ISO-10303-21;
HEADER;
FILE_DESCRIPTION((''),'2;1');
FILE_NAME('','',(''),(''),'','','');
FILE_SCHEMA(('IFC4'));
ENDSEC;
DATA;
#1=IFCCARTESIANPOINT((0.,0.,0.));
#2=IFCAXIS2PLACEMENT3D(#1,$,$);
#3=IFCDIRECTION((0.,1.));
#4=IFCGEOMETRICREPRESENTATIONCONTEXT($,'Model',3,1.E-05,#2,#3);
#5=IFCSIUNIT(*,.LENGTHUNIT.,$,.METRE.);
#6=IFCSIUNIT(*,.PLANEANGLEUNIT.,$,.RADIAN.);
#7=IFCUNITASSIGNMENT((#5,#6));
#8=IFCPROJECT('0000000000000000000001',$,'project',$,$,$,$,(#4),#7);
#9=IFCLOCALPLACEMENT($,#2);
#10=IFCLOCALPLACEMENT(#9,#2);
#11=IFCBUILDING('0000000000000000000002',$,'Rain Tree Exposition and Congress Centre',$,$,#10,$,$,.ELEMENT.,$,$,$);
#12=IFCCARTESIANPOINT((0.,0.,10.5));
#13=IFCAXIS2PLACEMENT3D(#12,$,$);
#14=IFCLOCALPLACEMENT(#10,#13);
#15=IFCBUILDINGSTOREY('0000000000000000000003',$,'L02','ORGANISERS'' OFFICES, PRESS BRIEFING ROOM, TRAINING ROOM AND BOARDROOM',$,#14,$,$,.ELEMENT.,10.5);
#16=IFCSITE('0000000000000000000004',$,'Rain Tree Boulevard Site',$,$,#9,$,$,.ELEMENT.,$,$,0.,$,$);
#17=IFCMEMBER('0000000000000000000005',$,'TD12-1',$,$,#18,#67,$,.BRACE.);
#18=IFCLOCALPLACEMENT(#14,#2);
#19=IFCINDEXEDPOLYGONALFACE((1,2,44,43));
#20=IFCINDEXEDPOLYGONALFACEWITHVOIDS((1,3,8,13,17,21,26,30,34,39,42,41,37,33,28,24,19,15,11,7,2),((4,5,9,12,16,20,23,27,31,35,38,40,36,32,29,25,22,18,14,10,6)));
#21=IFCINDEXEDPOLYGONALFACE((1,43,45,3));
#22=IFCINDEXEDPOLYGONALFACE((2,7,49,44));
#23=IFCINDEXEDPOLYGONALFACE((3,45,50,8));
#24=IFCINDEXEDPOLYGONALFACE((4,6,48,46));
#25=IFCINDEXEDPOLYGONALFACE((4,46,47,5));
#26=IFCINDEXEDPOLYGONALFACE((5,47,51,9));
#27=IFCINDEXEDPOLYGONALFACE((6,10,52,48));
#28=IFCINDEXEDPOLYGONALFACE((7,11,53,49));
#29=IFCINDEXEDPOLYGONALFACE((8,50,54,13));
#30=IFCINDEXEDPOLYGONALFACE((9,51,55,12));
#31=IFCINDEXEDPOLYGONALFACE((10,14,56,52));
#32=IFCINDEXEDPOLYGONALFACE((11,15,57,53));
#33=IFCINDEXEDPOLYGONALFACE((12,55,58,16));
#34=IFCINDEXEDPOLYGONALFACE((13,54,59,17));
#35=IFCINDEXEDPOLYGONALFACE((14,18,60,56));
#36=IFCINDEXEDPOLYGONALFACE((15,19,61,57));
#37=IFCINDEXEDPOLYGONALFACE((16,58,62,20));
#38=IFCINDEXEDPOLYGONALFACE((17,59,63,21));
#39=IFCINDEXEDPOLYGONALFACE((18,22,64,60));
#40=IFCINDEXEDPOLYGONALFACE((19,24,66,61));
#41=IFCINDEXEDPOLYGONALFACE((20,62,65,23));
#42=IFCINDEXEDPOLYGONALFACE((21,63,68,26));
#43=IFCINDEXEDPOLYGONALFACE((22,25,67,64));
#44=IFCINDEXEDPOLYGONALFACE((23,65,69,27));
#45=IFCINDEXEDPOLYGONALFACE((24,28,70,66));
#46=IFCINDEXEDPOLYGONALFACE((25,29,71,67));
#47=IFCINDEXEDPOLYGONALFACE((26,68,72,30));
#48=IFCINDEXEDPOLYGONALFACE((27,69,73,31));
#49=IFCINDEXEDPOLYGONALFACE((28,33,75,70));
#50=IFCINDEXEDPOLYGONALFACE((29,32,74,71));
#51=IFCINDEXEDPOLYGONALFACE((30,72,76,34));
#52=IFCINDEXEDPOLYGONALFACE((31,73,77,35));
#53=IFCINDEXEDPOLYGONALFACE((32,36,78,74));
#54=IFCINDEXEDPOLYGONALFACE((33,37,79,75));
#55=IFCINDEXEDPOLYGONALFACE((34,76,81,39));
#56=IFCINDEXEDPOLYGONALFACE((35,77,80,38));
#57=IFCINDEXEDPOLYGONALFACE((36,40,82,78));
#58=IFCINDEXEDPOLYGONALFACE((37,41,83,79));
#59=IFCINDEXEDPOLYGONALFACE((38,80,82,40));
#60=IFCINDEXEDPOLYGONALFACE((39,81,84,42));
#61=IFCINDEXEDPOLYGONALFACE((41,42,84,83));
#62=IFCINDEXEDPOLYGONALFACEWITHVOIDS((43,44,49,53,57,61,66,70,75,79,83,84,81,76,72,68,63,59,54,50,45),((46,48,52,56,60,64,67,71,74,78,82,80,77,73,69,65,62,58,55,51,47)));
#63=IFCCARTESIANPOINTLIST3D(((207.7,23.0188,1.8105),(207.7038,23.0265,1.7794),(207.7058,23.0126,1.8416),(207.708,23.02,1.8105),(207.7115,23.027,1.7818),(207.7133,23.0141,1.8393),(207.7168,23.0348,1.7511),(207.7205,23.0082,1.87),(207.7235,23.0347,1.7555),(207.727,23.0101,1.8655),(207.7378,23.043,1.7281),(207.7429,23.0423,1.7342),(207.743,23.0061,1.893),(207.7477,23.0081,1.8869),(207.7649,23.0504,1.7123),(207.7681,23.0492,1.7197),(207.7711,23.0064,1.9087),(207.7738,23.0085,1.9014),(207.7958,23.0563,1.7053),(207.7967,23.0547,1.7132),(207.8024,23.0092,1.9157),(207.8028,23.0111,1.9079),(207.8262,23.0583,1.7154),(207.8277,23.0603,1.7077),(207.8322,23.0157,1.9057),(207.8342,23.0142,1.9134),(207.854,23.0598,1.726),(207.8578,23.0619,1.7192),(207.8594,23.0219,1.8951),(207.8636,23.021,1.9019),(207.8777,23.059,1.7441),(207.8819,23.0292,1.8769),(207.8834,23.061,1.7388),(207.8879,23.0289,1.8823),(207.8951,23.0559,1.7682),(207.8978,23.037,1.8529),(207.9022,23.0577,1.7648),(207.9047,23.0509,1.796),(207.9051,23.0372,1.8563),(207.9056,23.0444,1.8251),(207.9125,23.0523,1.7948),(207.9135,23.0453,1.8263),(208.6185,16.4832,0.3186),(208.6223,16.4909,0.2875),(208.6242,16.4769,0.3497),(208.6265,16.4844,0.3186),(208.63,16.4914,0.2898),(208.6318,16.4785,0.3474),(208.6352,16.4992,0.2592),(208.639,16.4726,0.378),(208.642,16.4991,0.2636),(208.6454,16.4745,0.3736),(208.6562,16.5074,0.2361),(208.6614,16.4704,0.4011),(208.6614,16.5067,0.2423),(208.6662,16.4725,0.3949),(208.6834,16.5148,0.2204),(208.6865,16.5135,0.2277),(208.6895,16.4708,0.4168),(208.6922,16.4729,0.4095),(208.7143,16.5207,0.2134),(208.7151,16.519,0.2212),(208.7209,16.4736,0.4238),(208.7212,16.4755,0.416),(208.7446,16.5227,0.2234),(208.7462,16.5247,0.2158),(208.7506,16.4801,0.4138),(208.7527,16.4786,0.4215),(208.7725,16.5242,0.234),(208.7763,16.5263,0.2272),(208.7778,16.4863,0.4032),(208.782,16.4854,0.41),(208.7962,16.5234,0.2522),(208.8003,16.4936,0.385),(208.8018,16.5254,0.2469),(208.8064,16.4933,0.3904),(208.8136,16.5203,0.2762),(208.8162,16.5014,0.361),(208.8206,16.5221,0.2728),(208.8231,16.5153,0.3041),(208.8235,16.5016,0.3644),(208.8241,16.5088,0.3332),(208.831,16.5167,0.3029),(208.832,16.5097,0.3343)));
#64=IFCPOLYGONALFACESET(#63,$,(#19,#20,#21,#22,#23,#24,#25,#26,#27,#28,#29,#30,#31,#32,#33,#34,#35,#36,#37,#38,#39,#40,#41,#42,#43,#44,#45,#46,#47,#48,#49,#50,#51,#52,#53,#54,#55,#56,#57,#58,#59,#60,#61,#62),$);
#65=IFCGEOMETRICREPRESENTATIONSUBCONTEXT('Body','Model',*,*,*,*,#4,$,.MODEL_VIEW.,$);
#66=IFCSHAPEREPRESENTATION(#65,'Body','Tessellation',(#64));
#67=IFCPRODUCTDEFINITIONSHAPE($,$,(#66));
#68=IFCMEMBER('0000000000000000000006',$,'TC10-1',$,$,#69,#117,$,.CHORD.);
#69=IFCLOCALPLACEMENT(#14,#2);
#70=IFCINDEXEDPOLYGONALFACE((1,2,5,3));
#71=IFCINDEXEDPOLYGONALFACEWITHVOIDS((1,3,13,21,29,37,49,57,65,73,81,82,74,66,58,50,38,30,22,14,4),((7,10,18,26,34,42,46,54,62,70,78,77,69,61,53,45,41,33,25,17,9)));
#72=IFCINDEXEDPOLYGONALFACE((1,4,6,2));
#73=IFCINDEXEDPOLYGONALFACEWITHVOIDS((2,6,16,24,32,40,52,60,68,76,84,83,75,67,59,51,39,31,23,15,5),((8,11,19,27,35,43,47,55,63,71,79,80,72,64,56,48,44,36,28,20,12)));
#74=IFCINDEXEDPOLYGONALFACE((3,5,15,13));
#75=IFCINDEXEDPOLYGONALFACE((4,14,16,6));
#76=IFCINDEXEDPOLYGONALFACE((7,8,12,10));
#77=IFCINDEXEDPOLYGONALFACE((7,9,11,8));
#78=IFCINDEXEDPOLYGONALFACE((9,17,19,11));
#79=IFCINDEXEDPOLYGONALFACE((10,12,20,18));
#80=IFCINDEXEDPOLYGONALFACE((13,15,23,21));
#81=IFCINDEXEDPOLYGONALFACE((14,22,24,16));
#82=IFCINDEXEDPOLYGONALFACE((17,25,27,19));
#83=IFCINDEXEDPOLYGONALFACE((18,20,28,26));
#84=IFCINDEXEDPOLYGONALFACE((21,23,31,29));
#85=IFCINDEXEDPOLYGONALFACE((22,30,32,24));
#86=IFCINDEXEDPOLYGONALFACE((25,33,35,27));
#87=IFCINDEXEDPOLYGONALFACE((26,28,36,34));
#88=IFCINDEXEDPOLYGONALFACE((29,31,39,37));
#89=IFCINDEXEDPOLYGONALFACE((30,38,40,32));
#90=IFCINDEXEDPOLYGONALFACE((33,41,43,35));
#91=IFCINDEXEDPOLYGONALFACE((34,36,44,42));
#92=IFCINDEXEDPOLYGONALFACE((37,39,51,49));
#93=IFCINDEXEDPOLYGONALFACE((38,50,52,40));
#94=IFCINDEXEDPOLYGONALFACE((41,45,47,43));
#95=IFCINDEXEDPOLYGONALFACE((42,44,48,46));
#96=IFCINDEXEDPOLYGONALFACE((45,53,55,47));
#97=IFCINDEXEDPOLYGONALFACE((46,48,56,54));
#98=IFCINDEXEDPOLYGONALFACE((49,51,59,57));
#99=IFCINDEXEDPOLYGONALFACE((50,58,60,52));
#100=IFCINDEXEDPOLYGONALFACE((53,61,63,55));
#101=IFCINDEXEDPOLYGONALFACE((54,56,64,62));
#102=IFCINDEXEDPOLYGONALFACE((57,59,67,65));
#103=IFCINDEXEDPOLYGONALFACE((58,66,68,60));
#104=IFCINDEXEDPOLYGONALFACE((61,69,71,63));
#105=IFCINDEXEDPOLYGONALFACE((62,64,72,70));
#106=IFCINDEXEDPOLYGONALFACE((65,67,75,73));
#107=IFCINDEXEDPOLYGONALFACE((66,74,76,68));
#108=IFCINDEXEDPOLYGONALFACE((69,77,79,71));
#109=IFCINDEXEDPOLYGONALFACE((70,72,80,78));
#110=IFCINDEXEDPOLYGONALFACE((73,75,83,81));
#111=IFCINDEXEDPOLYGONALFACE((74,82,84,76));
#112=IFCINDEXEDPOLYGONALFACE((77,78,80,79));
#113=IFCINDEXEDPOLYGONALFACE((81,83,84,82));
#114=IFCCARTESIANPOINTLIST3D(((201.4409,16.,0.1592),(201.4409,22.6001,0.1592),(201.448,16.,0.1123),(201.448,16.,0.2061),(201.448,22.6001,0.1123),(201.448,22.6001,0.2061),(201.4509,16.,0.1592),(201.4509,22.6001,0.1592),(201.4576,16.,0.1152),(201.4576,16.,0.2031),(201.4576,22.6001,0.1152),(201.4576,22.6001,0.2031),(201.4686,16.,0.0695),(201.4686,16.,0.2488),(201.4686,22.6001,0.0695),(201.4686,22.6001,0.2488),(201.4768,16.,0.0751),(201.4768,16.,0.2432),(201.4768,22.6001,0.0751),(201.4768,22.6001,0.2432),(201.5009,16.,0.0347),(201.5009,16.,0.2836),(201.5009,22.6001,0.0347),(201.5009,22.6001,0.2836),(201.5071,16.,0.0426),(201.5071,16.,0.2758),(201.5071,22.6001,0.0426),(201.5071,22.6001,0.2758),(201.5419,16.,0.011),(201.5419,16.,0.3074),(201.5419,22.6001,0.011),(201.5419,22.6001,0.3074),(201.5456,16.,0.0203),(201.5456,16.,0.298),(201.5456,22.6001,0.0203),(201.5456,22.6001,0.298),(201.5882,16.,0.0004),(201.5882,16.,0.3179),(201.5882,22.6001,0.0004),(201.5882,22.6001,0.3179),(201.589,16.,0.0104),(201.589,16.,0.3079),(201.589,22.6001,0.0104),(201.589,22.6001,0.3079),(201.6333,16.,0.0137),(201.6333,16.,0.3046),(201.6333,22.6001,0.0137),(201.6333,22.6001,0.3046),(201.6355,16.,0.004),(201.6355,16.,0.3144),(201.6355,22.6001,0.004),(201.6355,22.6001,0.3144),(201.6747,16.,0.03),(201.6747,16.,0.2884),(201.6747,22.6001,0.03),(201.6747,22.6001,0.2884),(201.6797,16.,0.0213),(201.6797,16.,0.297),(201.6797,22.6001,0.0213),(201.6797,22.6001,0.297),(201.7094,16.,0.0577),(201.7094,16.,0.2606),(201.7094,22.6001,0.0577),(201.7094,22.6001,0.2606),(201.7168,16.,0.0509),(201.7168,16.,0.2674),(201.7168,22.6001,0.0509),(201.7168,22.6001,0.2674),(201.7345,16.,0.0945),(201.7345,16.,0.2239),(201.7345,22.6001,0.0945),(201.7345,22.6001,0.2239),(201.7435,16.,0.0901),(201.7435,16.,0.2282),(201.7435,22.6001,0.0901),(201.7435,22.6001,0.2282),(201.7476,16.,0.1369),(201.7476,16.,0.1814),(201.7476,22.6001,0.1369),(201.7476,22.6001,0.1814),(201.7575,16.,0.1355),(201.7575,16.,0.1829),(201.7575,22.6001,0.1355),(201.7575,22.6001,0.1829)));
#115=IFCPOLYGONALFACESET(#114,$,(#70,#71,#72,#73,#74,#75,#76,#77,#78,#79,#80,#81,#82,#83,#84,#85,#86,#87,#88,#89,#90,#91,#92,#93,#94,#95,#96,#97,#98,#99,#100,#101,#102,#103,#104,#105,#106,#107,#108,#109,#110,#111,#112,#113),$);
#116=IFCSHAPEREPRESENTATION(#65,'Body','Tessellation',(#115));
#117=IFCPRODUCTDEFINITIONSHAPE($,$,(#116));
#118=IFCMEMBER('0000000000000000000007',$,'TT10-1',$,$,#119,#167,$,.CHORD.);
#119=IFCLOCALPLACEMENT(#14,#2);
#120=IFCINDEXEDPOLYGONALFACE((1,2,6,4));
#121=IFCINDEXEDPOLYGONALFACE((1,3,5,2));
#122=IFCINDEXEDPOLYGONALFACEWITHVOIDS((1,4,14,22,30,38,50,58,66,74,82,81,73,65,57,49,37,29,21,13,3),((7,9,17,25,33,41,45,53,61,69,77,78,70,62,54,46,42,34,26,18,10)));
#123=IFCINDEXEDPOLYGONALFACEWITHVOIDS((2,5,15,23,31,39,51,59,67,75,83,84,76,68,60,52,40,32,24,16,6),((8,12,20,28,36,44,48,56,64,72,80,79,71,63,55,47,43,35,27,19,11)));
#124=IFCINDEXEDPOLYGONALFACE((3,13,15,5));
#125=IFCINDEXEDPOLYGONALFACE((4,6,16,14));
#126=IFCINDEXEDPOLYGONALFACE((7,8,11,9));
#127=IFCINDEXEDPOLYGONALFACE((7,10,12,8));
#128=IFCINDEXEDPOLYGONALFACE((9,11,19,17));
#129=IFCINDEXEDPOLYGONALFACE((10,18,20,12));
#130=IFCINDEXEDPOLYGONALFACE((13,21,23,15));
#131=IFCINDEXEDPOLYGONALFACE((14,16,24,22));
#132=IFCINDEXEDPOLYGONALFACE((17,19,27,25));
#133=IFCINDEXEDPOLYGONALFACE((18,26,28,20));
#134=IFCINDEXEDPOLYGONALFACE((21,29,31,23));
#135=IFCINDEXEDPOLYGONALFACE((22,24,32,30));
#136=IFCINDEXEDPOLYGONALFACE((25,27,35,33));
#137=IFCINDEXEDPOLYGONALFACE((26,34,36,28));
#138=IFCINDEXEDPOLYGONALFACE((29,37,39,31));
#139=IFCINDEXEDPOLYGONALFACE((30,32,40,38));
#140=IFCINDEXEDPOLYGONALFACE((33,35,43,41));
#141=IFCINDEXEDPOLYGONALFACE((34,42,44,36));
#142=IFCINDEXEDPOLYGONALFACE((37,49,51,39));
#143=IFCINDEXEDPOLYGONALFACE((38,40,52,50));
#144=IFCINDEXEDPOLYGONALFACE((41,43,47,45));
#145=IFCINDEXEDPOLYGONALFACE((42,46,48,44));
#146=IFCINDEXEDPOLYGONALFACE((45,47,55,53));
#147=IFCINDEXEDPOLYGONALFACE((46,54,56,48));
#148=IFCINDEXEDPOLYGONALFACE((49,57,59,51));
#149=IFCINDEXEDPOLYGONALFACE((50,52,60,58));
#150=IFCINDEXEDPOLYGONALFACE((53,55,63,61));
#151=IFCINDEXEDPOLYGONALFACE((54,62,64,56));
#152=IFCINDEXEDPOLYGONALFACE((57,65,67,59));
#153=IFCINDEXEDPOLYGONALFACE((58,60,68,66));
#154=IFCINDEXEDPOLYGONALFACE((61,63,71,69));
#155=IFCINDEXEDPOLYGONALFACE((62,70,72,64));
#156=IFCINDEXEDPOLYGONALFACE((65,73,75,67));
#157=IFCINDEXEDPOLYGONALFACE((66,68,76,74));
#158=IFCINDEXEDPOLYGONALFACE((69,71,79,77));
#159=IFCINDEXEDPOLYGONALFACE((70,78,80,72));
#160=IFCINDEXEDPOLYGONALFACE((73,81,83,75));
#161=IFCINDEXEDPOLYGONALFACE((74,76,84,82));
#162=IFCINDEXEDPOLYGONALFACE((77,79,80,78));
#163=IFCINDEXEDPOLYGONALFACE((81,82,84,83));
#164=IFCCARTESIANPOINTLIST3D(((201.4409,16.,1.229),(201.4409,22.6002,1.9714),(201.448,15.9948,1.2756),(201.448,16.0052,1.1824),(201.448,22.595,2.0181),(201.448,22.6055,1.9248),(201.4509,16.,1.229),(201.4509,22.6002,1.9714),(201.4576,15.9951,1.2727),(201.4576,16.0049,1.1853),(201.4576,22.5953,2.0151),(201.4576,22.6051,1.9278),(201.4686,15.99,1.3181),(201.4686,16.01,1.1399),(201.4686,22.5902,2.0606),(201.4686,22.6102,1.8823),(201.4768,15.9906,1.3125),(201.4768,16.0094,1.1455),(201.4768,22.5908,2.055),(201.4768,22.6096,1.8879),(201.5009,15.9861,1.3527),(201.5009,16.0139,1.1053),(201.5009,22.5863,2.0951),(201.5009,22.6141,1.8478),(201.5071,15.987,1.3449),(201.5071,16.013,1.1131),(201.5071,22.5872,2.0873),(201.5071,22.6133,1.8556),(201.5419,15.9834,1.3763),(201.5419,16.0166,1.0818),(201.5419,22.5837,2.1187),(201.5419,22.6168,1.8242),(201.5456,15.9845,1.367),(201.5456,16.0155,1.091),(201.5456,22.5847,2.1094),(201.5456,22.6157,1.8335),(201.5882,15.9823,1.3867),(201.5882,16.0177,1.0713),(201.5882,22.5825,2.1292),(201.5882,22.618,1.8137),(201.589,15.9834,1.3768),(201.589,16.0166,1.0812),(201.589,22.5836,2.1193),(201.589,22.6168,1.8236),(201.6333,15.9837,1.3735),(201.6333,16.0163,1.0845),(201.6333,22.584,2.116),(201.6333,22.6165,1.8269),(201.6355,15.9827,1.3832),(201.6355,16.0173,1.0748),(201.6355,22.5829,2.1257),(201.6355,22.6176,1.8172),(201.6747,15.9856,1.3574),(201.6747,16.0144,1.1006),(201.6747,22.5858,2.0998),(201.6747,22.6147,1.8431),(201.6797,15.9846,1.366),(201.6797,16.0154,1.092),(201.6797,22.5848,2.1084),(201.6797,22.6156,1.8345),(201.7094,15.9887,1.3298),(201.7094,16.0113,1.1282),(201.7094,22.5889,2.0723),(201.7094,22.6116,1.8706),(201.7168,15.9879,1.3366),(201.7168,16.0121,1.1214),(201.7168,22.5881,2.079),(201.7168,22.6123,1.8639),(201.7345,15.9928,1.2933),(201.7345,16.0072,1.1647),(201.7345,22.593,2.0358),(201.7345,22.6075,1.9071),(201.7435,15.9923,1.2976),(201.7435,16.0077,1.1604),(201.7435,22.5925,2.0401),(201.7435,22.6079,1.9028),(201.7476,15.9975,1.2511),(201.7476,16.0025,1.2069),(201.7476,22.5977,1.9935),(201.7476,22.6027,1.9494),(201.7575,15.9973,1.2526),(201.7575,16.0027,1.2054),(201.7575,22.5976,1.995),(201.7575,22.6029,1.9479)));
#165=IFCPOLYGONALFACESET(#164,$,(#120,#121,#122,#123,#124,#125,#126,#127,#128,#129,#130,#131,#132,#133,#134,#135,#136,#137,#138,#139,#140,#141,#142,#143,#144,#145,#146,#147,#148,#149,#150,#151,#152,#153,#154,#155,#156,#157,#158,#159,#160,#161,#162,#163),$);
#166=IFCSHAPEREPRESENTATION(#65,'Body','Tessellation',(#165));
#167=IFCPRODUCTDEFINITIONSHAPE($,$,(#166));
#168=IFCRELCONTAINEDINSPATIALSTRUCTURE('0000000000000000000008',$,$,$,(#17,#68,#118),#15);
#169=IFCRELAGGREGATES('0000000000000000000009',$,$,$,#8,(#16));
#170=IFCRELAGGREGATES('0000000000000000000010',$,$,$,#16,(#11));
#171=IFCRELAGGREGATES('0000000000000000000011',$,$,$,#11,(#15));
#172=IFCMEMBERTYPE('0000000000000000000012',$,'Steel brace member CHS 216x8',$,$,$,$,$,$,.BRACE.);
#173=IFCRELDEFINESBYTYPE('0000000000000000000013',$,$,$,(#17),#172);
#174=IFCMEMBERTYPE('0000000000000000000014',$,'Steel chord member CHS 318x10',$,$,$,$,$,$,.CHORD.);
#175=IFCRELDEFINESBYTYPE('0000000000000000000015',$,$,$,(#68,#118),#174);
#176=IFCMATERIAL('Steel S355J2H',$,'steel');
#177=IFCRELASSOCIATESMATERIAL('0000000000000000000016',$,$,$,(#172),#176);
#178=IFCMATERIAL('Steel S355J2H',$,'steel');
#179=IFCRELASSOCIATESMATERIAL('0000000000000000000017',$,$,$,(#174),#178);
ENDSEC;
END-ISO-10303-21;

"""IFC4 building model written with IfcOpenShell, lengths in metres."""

from ifc_helpers import new_model, si_unit, direction, frame, origin, origin_2d, place, context, subcontext, project, spatial, hollow_circle, extrude, material, material_profile, profile_set, type_object, element, save


model = new_model("IFC4")

# Units and contexts
model_context = context("Model", 3, precision=1e-05, world=origin(), true_north=direction((0.0, 1.0)))
body_context = subcontext(model_context, "Body", "Model", "MODEL_VIEW")
ifc_project = project(units=[si_unit("LENGTHUNIT", "METRE"), si_unit("PLANEANGLEUNIT", "RADIAN")], contexts=[model_context])

# Site, building, storey
site_placement = place(None, origin())
site = spatial("IfcSite", under=ifc_project, at=site_placement, Name="Rain Tree Boulevard Site", CompositionType="ELEMENT", RefElevation=0.0)
building_placement = place(site_placement, origin())
building = spatial("IfcBuilding", under=site, at=building_placement, Name="Rain Tree Exposition and Congress Centre", CompositionType="ELEMENT")
storey_placement = place(building_placement, frame((0.0, 0.0, 10.5)))
storey = spatial("IfcBuildingStorey", under=building, at=storey_placement, Name="L02", Description="ORGANISERS' OFFICES, PRESS BRIEFING ROOM, TRAINING ROOM AND BOARDROOM", CompositionType="ELEMENT", Elevation=10.5)

# Members
ifc_material_1 = material(Name="Steel S355J2H", Category="steel")
ifc_material_profile_1 = material_profile(ifc_material_1, hollow_circle(Radius=0.1082, WallThickness=0.0081, at=origin_2d()), Name="CHS 216x8")
ifc_profile_set_1 = profile_set([ifc_material_profile_1], Name="Steel S355J2H")
member_type_1 = type_object("IfcMemberType", Name="Steel brace member CHS 216x8", PredefinedType="BRACE", material=ifc_profile_set_1)
for number, where, z_axis, x_axis, name in (
    (1, (208.7256, 16.4983, 0.3186), (-0.135738, 0.965898, 0.220493), (-0.990269, -0.139163, 0.0), "TD12-1"),
):
    element("IfcMember", number, at=place(storey_placement, frame(where, z_axis=z_axis, x_axis=x_axis)), inside=storey, type_object=member_type_1, Name=name, PredefinedType="BRACE", context=body_context, shape_type="SweptSolid", body=[
        extrude(hollow_circle(Radius=0.1082, WallThickness=0.0081, at=origin_2d()), origin(), (0.0, 0.0, 1.0), 6.7664),
    ])
ifc_material_2 = material(Name="Steel S355J2H", Category="steel")
ifc_material_profile_2 = material_profile(ifc_material_2, hollow_circle(Radius=0.1592, WallThickness=0.01, at=origin_2d()), Name="CHS 318x10")
ifc_profile_set_2 = profile_set([ifc_material_profile_2], Name="Steel S355J2H")
member_type_2 = type_object("IfcMemberType", Name="Steel chord member CHS 318x10", PredefinedType="CHORD", material=ifc_profile_set_2)
member_1_placement = place(storey_placement, frame((201.6001, 16.0, 0.1592), z_axis=(0.0, 1.0, 0.0), x_axis=(-1.0, 0.0, 0.0)))
element("IfcMember", 2, at=member_1_placement, inside=storey, type_object=member_type_2, Name="TC10-1", PredefinedType="CHORD", context=body_context, shape_type="SweptSolid", body=[
    extrude(hollow_circle(Radius=0.1592, WallThickness=0.01, at=origin_2d()), origin(), (0.0, 0.0, 1.0), 6.6001),
])
member_2_placement = place(storey_placement, frame((201.6001, 16.0, 1.229), z_axis=(0.0, 0.993733, 0.111783), x_axis=(-1.0, 0.0, 0.0)))
element("IfcMember", 3, at=member_2_placement, inside=storey, type_object=member_type_2, Name="TT10-1", PredefinedType="CHORD", context=body_context, shape_type="SweptSolid", body=[
    extrude(hollow_circle(Radius=0.1592, WallThickness=0.01, at=origin_2d()), origin(), (0.0, 0.0, 1.0), 6.6418),
])

save(model, "model.ifc")
